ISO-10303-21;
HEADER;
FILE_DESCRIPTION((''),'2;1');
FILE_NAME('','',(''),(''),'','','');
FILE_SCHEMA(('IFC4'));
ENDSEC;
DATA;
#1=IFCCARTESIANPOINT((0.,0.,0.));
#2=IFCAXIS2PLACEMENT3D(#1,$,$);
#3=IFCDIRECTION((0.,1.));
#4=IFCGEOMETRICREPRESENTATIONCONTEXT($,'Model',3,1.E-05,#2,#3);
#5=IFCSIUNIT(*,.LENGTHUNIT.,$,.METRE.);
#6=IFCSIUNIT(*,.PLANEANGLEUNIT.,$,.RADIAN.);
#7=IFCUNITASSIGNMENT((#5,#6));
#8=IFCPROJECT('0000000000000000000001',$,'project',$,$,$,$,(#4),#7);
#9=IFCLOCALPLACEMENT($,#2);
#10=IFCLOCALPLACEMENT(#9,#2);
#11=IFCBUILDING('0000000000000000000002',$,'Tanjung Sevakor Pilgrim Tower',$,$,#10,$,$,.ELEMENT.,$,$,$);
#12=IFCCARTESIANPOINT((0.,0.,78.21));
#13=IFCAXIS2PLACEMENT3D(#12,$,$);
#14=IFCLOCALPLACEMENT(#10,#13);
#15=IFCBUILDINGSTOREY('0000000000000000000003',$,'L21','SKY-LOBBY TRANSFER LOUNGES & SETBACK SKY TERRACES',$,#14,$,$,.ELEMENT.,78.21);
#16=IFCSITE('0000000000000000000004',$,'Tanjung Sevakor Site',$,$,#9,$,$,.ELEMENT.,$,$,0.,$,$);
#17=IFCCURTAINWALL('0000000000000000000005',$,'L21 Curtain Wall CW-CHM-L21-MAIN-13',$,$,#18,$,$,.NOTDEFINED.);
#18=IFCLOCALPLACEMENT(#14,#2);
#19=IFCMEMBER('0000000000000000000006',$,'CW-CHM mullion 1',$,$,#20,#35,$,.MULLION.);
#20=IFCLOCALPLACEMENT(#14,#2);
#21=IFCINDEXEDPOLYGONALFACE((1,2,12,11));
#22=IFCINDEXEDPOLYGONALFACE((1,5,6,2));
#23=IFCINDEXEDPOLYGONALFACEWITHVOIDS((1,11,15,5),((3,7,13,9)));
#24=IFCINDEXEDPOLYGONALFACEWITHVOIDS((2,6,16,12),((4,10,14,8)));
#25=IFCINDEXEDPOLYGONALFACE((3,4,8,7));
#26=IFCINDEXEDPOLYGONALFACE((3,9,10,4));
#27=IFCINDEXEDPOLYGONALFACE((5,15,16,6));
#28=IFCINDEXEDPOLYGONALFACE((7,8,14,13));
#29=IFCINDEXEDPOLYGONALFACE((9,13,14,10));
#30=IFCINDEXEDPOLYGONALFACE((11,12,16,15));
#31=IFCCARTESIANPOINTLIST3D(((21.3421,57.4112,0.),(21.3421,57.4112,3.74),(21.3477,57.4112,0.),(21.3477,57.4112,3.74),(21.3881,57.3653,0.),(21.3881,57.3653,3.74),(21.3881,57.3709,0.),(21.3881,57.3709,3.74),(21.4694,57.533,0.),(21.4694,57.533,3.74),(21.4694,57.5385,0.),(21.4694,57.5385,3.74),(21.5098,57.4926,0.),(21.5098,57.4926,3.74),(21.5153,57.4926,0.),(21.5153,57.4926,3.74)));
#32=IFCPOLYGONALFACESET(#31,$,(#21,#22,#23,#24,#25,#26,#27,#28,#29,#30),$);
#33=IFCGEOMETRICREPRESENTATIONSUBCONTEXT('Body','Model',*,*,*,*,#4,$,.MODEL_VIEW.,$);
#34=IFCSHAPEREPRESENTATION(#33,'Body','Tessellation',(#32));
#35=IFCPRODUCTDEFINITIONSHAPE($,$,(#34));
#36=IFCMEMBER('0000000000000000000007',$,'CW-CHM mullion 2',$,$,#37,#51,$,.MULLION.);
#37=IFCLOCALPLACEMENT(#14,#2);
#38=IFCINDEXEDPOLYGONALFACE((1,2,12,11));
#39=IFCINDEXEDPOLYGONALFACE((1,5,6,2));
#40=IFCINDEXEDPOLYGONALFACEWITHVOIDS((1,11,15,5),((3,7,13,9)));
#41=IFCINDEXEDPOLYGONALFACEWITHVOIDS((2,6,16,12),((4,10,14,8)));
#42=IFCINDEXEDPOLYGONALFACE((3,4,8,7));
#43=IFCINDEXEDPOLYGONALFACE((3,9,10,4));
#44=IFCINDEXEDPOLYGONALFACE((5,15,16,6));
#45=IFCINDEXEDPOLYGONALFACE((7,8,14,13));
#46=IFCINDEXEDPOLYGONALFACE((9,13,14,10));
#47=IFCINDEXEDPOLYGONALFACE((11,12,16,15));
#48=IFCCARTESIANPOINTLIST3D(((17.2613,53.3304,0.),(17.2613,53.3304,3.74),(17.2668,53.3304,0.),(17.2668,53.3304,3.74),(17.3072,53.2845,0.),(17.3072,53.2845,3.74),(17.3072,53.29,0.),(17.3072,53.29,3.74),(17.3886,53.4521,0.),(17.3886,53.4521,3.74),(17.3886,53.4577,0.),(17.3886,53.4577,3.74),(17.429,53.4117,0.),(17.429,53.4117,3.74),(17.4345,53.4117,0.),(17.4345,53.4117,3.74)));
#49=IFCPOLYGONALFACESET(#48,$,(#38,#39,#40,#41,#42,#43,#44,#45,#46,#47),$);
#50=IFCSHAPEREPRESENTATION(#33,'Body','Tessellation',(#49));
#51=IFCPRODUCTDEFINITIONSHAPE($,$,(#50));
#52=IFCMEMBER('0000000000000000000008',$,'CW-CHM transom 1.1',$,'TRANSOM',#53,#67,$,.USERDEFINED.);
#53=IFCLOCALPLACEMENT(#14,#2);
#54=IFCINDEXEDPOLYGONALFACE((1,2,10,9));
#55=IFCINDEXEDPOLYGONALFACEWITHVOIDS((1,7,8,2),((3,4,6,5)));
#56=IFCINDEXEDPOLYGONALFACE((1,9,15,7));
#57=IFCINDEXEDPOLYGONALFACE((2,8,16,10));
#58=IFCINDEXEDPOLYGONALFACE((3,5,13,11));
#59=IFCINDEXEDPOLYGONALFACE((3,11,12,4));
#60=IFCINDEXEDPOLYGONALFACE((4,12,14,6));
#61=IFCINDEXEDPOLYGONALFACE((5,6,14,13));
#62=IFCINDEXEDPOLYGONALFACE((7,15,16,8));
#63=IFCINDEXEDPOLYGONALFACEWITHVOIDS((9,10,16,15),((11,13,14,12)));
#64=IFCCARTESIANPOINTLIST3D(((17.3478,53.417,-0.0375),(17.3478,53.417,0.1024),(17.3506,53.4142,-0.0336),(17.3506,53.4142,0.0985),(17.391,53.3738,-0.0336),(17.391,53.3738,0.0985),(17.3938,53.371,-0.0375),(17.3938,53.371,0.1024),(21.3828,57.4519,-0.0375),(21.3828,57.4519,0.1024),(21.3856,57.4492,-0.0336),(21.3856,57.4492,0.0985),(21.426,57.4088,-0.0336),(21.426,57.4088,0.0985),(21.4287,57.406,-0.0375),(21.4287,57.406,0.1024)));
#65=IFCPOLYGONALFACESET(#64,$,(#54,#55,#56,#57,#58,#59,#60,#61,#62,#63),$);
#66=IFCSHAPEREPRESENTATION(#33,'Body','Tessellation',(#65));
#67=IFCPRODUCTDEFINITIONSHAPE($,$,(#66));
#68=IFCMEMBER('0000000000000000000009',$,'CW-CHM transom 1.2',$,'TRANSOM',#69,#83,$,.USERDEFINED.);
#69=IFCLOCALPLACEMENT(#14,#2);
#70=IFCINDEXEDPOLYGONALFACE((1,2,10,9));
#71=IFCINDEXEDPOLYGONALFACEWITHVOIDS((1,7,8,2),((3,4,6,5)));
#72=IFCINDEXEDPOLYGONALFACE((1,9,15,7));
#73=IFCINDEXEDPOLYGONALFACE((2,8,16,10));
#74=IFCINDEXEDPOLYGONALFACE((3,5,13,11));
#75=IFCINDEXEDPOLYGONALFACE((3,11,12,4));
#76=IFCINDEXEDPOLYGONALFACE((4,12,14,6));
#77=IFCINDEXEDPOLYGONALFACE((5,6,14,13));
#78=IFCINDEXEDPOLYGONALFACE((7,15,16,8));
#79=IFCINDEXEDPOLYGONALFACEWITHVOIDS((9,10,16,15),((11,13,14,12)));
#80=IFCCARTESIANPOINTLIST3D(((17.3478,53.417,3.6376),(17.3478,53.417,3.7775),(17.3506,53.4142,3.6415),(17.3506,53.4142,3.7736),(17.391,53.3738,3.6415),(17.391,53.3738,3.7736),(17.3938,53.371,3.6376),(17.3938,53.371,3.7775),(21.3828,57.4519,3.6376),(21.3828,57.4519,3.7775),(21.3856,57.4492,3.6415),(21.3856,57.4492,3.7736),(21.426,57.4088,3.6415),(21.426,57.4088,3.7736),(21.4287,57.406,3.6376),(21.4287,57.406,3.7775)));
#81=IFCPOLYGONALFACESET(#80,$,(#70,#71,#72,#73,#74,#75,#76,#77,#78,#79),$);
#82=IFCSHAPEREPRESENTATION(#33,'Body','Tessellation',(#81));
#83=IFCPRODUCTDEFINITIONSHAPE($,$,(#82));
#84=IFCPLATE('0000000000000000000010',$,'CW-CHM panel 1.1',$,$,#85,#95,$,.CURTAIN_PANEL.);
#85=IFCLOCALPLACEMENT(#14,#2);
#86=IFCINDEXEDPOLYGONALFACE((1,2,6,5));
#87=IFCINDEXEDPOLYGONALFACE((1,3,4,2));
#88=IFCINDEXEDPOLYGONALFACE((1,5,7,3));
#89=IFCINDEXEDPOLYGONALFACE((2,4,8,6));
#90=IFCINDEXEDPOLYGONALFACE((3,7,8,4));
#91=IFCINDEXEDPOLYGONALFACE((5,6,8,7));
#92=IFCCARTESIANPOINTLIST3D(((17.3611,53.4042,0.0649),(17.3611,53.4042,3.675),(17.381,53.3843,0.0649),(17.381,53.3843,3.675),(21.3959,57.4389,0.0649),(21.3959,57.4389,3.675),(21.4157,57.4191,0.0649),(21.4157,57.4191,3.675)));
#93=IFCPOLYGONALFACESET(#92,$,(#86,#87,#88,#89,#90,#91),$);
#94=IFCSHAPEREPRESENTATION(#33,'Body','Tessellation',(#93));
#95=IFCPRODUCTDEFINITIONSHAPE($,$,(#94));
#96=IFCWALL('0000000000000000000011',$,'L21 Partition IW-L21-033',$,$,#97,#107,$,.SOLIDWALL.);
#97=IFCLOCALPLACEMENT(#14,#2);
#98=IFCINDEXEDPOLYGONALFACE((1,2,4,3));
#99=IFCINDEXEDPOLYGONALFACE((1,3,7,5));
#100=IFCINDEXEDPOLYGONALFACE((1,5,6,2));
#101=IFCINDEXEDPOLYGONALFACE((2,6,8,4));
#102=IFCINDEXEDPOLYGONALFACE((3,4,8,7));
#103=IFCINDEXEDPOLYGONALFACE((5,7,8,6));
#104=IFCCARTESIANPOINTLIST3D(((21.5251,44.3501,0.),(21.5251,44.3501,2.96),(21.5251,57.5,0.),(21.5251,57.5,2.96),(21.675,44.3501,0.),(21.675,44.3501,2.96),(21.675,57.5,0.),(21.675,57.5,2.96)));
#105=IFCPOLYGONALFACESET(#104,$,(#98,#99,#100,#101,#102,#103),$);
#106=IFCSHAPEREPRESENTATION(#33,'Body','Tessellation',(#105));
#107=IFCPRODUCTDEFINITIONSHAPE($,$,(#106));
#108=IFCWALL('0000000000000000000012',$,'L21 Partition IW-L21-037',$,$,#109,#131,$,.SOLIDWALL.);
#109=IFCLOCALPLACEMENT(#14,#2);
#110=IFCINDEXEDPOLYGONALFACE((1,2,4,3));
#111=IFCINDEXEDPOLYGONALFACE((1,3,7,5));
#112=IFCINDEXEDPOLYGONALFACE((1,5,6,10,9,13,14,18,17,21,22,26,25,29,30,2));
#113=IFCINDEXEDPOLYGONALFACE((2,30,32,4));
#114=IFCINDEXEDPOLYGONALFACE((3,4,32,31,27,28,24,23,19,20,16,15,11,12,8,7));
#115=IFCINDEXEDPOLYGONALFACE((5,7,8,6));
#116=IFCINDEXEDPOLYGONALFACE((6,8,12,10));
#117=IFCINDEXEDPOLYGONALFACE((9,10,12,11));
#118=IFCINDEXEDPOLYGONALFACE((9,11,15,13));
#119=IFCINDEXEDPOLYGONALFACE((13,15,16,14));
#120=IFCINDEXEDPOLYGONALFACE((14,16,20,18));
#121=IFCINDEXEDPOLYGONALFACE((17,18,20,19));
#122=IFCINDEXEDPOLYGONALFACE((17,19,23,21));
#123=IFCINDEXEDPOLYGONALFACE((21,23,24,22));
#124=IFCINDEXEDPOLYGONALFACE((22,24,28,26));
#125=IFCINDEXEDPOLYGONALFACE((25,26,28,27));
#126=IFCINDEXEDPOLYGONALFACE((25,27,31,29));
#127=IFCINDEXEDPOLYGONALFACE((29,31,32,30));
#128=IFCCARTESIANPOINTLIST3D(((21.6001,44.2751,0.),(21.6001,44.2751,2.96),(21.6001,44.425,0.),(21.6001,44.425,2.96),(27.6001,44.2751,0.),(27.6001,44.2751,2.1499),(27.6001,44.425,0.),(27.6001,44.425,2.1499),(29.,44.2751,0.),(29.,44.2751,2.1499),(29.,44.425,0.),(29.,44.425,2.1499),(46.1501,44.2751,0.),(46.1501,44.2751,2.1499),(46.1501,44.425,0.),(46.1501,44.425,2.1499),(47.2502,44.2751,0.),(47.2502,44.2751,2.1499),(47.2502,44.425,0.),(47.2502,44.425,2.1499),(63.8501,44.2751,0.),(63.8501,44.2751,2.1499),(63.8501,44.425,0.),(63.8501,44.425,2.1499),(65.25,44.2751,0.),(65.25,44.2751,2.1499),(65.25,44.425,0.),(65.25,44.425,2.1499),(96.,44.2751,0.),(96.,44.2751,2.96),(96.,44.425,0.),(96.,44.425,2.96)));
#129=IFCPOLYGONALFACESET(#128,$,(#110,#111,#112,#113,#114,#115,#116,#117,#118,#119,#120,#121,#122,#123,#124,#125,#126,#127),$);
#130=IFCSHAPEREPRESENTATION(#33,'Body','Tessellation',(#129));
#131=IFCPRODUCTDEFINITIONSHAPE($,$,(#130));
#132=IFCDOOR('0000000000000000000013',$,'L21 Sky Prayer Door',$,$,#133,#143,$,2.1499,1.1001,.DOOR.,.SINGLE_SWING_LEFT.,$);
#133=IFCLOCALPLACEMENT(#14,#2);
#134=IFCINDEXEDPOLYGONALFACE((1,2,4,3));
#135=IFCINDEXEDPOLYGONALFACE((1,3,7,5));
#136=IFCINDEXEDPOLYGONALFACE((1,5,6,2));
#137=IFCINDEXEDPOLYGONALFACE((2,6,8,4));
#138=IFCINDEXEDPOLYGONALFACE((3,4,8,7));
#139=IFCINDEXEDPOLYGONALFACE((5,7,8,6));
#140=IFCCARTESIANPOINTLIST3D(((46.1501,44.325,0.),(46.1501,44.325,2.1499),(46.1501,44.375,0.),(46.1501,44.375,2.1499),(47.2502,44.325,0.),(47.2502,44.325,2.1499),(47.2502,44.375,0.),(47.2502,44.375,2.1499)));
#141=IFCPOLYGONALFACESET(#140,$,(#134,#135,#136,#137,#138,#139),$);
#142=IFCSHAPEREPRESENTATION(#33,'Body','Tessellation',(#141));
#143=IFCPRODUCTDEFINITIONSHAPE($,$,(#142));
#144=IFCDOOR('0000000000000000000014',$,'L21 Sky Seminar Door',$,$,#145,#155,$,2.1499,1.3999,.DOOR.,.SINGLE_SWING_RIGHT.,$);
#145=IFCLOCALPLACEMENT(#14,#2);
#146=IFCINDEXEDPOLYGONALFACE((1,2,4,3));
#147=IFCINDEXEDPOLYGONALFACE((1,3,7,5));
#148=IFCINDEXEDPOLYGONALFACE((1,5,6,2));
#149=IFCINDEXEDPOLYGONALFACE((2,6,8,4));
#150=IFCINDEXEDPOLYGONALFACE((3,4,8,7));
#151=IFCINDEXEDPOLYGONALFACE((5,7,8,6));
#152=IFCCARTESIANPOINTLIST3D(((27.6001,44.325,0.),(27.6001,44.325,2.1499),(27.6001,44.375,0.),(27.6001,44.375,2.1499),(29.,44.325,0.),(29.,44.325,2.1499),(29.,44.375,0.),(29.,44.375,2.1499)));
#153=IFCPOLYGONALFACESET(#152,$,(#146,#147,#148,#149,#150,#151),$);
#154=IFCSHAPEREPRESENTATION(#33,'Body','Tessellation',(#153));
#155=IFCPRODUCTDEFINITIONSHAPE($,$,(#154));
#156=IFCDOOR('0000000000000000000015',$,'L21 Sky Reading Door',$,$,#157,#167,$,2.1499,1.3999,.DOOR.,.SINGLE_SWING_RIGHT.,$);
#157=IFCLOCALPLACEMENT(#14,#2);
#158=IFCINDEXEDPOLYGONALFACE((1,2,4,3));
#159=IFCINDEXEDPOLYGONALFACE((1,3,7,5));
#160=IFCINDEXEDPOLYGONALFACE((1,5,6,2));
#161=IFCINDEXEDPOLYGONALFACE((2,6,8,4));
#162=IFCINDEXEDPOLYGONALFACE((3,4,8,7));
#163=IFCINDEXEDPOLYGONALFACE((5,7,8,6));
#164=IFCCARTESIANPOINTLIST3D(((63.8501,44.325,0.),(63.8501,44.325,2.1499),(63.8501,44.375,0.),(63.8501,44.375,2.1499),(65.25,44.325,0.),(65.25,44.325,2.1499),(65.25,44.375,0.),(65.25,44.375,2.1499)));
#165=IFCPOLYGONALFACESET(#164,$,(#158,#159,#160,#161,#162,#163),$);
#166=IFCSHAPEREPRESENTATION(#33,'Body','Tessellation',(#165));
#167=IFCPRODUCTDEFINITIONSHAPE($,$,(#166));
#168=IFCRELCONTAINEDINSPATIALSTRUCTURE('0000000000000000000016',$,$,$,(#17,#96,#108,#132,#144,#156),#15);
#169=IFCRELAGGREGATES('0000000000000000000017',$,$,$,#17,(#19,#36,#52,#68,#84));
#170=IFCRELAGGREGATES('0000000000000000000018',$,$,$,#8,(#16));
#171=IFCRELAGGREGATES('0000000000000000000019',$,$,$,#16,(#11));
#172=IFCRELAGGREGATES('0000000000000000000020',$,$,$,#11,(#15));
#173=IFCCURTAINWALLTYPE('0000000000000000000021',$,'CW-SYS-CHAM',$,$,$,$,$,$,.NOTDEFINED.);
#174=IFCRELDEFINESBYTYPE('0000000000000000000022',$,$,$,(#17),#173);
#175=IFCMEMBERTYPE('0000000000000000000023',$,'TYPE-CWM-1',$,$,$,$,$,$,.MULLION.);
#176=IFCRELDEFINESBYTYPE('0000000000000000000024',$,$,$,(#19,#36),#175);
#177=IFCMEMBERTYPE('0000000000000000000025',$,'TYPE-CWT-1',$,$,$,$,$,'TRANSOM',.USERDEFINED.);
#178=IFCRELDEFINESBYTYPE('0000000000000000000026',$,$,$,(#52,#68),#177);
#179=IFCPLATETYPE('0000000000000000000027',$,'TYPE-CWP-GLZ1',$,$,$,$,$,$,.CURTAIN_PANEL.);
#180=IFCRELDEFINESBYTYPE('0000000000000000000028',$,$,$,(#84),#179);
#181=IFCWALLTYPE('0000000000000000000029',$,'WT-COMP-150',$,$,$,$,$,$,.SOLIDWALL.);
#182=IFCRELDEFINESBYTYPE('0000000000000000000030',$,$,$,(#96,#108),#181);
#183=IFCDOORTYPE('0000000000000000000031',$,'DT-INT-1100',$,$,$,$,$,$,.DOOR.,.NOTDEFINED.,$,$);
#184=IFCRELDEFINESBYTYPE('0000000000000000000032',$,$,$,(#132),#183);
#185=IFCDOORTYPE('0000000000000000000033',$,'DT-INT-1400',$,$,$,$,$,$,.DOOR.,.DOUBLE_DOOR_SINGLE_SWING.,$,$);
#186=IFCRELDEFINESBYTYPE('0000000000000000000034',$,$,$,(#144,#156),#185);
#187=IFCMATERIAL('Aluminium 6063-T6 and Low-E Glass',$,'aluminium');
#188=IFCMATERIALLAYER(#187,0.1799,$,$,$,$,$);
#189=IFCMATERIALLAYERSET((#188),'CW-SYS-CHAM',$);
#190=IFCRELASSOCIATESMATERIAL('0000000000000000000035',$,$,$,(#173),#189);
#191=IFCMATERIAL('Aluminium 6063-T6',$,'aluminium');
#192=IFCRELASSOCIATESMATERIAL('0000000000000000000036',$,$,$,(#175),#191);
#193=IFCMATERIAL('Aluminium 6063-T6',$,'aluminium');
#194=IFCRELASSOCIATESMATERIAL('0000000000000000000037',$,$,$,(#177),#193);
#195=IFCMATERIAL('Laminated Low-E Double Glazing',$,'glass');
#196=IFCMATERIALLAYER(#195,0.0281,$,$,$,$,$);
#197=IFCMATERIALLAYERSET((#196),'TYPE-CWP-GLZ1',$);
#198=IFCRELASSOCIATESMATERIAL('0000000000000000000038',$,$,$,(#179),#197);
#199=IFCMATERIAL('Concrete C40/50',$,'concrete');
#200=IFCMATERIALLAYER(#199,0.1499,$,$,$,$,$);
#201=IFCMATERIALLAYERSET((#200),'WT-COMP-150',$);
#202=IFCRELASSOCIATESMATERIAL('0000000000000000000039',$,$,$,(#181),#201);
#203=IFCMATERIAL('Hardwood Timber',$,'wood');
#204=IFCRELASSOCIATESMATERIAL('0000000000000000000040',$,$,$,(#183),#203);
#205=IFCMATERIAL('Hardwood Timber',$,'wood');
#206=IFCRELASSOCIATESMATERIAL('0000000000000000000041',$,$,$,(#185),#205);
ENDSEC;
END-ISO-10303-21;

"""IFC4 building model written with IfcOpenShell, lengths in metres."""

from ifc_helpers import new_model, si_unit, direction, frame, frame_2d, origin, origin_2d, place, context, subcontext, project, spatial, rectangle, hollow_rectangle, extrude, material, layer, layer_set, material_profile, profile_set, type_object, element, fill, aggregate, save


model = new_model("IFC4")

# Units and contexts
model_context = context("Model", 3, precision=1e-05, world=origin(), true_north=direction((0.0, 1.0)))
body_context = subcontext(model_context, "Body", "Model", "MODEL_VIEW")
ifc_project = project(units=[si_unit("LENGTHUNIT", "METRE"), si_unit("PLANEANGLEUNIT", "RADIAN")], contexts=[model_context])

# Site, building, storey
site_placement = place(None, origin())
site = spatial("IfcSite", under=ifc_project, at=site_placement, Name="Tanjung Sevakor Site", CompositionType="ELEMENT", RefElevation=0.0)
building_placement = place(site_placement, origin())
building = spatial("IfcBuilding", under=site, at=building_placement, Name="Tanjung Sevakor Pilgrim Tower", CompositionType="ELEMENT")
storey_placement = place(building_placement, frame((0.0, 0.0, 78.21)))
storey = spatial("IfcBuildingStorey", under=building, at=storey_placement, Name="L21", Description="SKY-LOBBY TRANSFER LOUNGES & SETBACK SKY TERRACES", CompositionType="ELEMENT", Elevation=78.21)

# Curtain wall, members, plate
ifc_material_1 = material(Name="Aluminium 6063-T6 and Low-E Glass", Category="aluminium")
ifc_layer_1 = layer(ifc_material_1, 0.1799)
ifc_layer_set_1 = layer_set([ifc_layer_1], Name="CW-SYS-CHAM")
curtain_wall_type = type_object("IfcCurtainWallType", Name="CW-SYS-CHAM", PredefinedType="NOTDEFINED", material=ifc_layer_set_1)
curtain_wall_placement = place(storey_placement, origin())
curtain_wall = element("IfcCurtainWall", 1, at=curtain_wall_placement, inside=storey, type_object=curtain_wall_type, Name="L21 Curtain Wall CW-CHM-L21-MAIN-13", PredefinedType="NOTDEFINED")
ifc_material_2 = material(Name="Aluminium 6063-T6", Category="aluminium")
ifc_material_profile_1 = material_profile(ifc_material_2, hollow_rectangle(XDim=0.0649, YDim=0.1799, WallThickness=0.0039, at=origin_2d()))
ifc_profile_set_1 = profile_set([ifc_material_profile_1], Name="Aluminium 6063-T6")
member_type_1 = type_object("IfcMemberType", Name="TYPE-CWM-1", PredefinedType="MULLION", material=ifc_profile_set_1)
member_1_placement = place(storey_placement, frame((21.4287, 57.4519, 0.0), z_axis=(0.0, 0.0, 1.0), x_axis=(0.707107, -0.707107, 0.0)))
member_1 = element("IfcMember", 2, at=member_1_placement, type_object=member_type_1, Name="CW-CHM mullion 1", PredefinedType="MULLION", context=body_context, shape_type="SweptSolid", body=[
    extrude(hollow_rectangle(XDim=0.0649, YDim=0.1799, WallThickness=0.0039, at=origin_2d()), origin(), (0.0, 0.0, 1.0), 3.74),
])
member_2_placement = place(storey_placement, frame((17.3479, 53.3711, 0.0), z_axis=(0.0, 0.0, 1.0), x_axis=(0.707107, -0.707107, 0.0)))
member_2 = element("IfcMember", 3, at=member_2_placement, type_object=member_type_1, Name="CW-CHM mullion 2", PredefinedType="MULLION", context=body_context, shape_type="SweptSolid", body=[
    extrude(hollow_rectangle(XDim=0.0649, YDim=0.1799, WallThickness=0.0039, at=origin_2d()), origin(), (0.0, 0.0, 1.0), 3.74),
])
ifc_material_3 = material(Name="Aluminium 6063-T6", Category="aluminium")
ifc_material_profile_2 = material_profile(ifc_material_3, hollow_rectangle(XDim=0.0649, YDim=0.1399, WallThickness=0.0039, at=origin_2d()))
ifc_profile_set_2 = profile_set([ifc_material_profile_2], Name="Aluminium 6063-T6")
member_type_2 = type_object("IfcMemberType", Name="TYPE-CWT-1", ElementType="TRANSOM", PredefinedType="USERDEFINED", material=ifc_profile_set_2)
member_3_placement = place(storey_placement, frame((21.4058, 57.429, 0.0325), z_axis=(-0.707107, -0.707107, 0.0), x_axis=(0.707107, -0.707107, 0.0)))
member_3 = element("IfcMember", 4, at=member_3_placement, type_object=member_type_2, Name="CW-CHM transom 1.1", ObjectType="TRANSOM", PredefinedType="USERDEFINED", context=body_context, shape_type="SweptSolid", body=[
    extrude(hollow_rectangle(XDim=0.0649, YDim=0.1399, WallThickness=0.0039, at=origin_2d()), origin(), (0.0, 0.0, 1.0), 5.7063),
])
member_4_placement = place(storey_placement, frame((21.4058, 57.429, 3.7075), z_axis=(-0.707107, -0.707107, 0.0), x_axis=(0.707107, -0.707107, 0.0)))
member_4 = element("IfcMember", 5, at=member_4_placement, type_object=member_type_2, Name="CW-CHM transom 1.2", ObjectType="TRANSOM", PredefinedType="USERDEFINED", context=body_context, shape_type="SweptSolid", body=[
    extrude(hollow_rectangle(XDim=0.0649, YDim=0.1399, WallThickness=0.0039, at=origin_2d()), origin(), (0.0, 0.0, 1.0), 5.7063),
])
ifc_material_4 = material(Name="Laminated Low-E Double Glazing", Category="glass")
ifc_layer_2 = layer(ifc_material_4, 0.0281)
ifc_layer_set_2 = layer_set([ifc_layer_2], Name="TYPE-CWP-GLZ1")
plate_type = type_object("IfcPlateType", Name="TYPE-CWP-GLZ1", PredefinedType="CURTAIN_PANEL", material=ifc_layer_set_2)
plate_placement = place(storey_placement, frame((19.3884, 55.4116, 0.0649), z_axis=(0.0, 0.0, 1.0), x_axis=(-0.707107, -0.707107, 0.0)))
plate = element("IfcPlate", 6, at=plate_placement, type_object=plate_type, Name="CW-CHM panel 1.1", PredefinedType="CURTAIN_PANEL", context=body_context, shape_type="SweptSolid", body=[
    extrude(rectangle(XDim=5.7061, YDim=0.0281, at=origin_2d()), origin(), (0.0, 0.0, 1.0), 3.6101),
])
aggregate(curtain_wall, [member_1, member_2, member_3, member_4, plate])

# Wall
ifc_material_5 = material(Name="Concrete C40/50", Category="concrete")
ifc_layer_3 = layer(ifc_material_5, 0.1499)
ifc_layer_set_3 = layer_set([ifc_layer_3], Name="WT-COMP-150")
wall_type_1 = type_object("IfcWallType", Name="WT-COMP-150", PredefinedType="SOLIDWALL", material=ifc_layer_set_3)
wall_1_placement = place(storey_placement, frame((21.6001, 44.3501, 0.0), z_axis=(0.0, 0.0, 1.0), x_axis=(0.0, 1.0, 0.0)))
element("IfcWall", 7, at=wall_1_placement, inside=storey, type_object=wall_type_1, Name="L21 Partition IW-L21-033", PredefinedType="SOLIDWALL", context=body_context, shape_type="SweptSolid", body=[
    extrude(rectangle(XDim=13.1499, YDim=0.1499, at=frame_2d((6.575, 0.0))), origin(), (0.0, 0.0, 1.0), 2.96),
])

# Wall, openings, doors
wall_2_placement = place(storey_placement, frame((21.6001, 44.3501, 0.0), z_axis=(0.0, 0.0, 1.0), x_axis=(1.0, 0.0, 0.0)))
wall_2 = element("IfcWall", 8, at=wall_2_placement, inside=storey, type_object=wall_type_1, Name="L21 Partition IW-L21-037", PredefinedType="SOLIDWALL", context=body_context, shape_type="SweptSolid", body=[
    extrude(rectangle(XDim=74.3999, YDim=0.1499, at=frame_2d((37.2, 0.0))), origin(), (0.0, 0.0, 1.0), 2.96),
])
opening_1_placement = place(wall_2_placement, frame((6.0, 0.0, 0.0)))
opening_1 = element("IfcOpeningElement", 9, at=opening_1_placement, cuts=wall_2, PredefinedType="OPENING", context=body_context, shape_type="SweptSolid", body=[
    extrude(rectangle(XDim=1.3999, YDim=2.1499, at=frame_2d((0.7, 1.075))), frame((0.0, 0.085, 0.0), z_axis=(0.0, -1.0, 0.0), x_axis=(1.0, 0.0, 0.0)), (0.0, 0.0, 1.0), 0.1699),
])
opening_2_placement = place(wall_2_placement, frame((24.55, 0.0, 0.0)))
opening_2 = element("IfcOpeningElement", 10, at=opening_2_placement, cuts=wall_2, PredefinedType="OPENING", context=body_context, shape_type="SweptSolid", body=[
    extrude(rectangle(XDim=1.1001, YDim=2.1499, at=frame_2d((0.55, 1.075))), frame((0.0, 0.085, 0.0), z_axis=(0.0, -1.0, 0.0), x_axis=(1.0, 0.0, 0.0)), (0.0, 0.0, 1.0), 0.1699),
])
opening_3_placement = place(wall_2_placement, frame((42.25, 0.0, 0.0)))
opening_3 = element("IfcOpeningElement", 11, at=opening_3_placement, cuts=wall_2, PredefinedType="OPENING", context=body_context, shape_type="SweptSolid", body=[
    extrude(rectangle(XDim=1.3999, YDim=2.1499, at=frame_2d((0.7, 1.075))), frame((0.0, 0.085, 0.0), z_axis=(0.0, -1.0, 0.0), x_axis=(1.0, 0.0, 0.0)), (0.0, 0.0, 1.0), 0.1699),
])
ifc_material_6 = material(Name="Hardwood Timber", Category="wood")
door_type_1 = type_object("IfcDoorType", Name="DT-INT-1100", OperationType="NOTDEFINED", PredefinedType="DOOR", material=ifc_material_6)
door_1_placement = place(opening_2_placement, origin())
door_1 = element("IfcDoor", 12, at=door_1_placement, inside=storey, type_object=door_type_1, Name="L21 Sky Prayer Door", OperationType="SINGLE_SWING_LEFT", OverallHeight=2.1499, OverallWidth=1.1001, PredefinedType="DOOR", context=body_context, shape_type="SweptSolid", body=[
    extrude(rectangle(XDim=1.1001, YDim=2.1499, at=frame_2d((0.55, 1.075))), frame((0.0, 0.0249, 0.0), z_axis=(0.0, -1.0, 0.0), x_axis=(1.0, 0.0, 0.0)), (0.0, 0.0, 1.0), 0.05),
])
fill(opening_2, door_1)
ifc_material_7 = material(Name="Hardwood Timber", Category="wood")
door_type_2 = type_object("IfcDoorType", Name="DT-INT-1400", OperationType="DOUBLE_DOOR_SINGLE_SWING", PredefinedType="DOOR", material=ifc_material_7)
door_2_placement = place(opening_1_placement, origin())
door_2 = element("IfcDoor", 13, at=door_2_placement, inside=storey, type_object=door_type_2, Name="L21 Sky Seminar Door", OperationType="SINGLE_SWING_RIGHT", OverallHeight=2.1499, OverallWidth=1.3999, PredefinedType="DOOR", context=body_context, shape_type="SweptSolid", body=[
    extrude(rectangle(XDim=1.3999, YDim=2.1499, at=frame_2d((0.7, 1.075))), frame((0.0, 0.0249, 0.0), z_axis=(0.0, -1.0, 0.0), x_axis=(1.0, 0.0, 0.0)), (0.0, 0.0, 1.0), 0.05),
])
fill(opening_1, door_2)
door_3_placement = place(opening_3_placement, origin())
door_3 = element("IfcDoor", 14, at=door_3_placement, inside=storey, type_object=door_type_2, Name="L21 Sky Reading Door", OperationType="SINGLE_SWING_RIGHT", OverallHeight=2.1499, OverallWidth=1.3999, PredefinedType="DOOR", context=body_context, shape_type="SweptSolid", body=[
    extrude(rectangle(XDim=1.3999, YDim=2.1499, at=frame_2d((0.7, 1.075))), frame((0.0, 0.0249, 0.0), z_axis=(0.0, -1.0, 0.0), x_axis=(1.0, 0.0, 0.0)), (0.0, 0.0, 1.0), 0.05),
])
fill(opening_3, door_3)

save(model, "model.ifc")
